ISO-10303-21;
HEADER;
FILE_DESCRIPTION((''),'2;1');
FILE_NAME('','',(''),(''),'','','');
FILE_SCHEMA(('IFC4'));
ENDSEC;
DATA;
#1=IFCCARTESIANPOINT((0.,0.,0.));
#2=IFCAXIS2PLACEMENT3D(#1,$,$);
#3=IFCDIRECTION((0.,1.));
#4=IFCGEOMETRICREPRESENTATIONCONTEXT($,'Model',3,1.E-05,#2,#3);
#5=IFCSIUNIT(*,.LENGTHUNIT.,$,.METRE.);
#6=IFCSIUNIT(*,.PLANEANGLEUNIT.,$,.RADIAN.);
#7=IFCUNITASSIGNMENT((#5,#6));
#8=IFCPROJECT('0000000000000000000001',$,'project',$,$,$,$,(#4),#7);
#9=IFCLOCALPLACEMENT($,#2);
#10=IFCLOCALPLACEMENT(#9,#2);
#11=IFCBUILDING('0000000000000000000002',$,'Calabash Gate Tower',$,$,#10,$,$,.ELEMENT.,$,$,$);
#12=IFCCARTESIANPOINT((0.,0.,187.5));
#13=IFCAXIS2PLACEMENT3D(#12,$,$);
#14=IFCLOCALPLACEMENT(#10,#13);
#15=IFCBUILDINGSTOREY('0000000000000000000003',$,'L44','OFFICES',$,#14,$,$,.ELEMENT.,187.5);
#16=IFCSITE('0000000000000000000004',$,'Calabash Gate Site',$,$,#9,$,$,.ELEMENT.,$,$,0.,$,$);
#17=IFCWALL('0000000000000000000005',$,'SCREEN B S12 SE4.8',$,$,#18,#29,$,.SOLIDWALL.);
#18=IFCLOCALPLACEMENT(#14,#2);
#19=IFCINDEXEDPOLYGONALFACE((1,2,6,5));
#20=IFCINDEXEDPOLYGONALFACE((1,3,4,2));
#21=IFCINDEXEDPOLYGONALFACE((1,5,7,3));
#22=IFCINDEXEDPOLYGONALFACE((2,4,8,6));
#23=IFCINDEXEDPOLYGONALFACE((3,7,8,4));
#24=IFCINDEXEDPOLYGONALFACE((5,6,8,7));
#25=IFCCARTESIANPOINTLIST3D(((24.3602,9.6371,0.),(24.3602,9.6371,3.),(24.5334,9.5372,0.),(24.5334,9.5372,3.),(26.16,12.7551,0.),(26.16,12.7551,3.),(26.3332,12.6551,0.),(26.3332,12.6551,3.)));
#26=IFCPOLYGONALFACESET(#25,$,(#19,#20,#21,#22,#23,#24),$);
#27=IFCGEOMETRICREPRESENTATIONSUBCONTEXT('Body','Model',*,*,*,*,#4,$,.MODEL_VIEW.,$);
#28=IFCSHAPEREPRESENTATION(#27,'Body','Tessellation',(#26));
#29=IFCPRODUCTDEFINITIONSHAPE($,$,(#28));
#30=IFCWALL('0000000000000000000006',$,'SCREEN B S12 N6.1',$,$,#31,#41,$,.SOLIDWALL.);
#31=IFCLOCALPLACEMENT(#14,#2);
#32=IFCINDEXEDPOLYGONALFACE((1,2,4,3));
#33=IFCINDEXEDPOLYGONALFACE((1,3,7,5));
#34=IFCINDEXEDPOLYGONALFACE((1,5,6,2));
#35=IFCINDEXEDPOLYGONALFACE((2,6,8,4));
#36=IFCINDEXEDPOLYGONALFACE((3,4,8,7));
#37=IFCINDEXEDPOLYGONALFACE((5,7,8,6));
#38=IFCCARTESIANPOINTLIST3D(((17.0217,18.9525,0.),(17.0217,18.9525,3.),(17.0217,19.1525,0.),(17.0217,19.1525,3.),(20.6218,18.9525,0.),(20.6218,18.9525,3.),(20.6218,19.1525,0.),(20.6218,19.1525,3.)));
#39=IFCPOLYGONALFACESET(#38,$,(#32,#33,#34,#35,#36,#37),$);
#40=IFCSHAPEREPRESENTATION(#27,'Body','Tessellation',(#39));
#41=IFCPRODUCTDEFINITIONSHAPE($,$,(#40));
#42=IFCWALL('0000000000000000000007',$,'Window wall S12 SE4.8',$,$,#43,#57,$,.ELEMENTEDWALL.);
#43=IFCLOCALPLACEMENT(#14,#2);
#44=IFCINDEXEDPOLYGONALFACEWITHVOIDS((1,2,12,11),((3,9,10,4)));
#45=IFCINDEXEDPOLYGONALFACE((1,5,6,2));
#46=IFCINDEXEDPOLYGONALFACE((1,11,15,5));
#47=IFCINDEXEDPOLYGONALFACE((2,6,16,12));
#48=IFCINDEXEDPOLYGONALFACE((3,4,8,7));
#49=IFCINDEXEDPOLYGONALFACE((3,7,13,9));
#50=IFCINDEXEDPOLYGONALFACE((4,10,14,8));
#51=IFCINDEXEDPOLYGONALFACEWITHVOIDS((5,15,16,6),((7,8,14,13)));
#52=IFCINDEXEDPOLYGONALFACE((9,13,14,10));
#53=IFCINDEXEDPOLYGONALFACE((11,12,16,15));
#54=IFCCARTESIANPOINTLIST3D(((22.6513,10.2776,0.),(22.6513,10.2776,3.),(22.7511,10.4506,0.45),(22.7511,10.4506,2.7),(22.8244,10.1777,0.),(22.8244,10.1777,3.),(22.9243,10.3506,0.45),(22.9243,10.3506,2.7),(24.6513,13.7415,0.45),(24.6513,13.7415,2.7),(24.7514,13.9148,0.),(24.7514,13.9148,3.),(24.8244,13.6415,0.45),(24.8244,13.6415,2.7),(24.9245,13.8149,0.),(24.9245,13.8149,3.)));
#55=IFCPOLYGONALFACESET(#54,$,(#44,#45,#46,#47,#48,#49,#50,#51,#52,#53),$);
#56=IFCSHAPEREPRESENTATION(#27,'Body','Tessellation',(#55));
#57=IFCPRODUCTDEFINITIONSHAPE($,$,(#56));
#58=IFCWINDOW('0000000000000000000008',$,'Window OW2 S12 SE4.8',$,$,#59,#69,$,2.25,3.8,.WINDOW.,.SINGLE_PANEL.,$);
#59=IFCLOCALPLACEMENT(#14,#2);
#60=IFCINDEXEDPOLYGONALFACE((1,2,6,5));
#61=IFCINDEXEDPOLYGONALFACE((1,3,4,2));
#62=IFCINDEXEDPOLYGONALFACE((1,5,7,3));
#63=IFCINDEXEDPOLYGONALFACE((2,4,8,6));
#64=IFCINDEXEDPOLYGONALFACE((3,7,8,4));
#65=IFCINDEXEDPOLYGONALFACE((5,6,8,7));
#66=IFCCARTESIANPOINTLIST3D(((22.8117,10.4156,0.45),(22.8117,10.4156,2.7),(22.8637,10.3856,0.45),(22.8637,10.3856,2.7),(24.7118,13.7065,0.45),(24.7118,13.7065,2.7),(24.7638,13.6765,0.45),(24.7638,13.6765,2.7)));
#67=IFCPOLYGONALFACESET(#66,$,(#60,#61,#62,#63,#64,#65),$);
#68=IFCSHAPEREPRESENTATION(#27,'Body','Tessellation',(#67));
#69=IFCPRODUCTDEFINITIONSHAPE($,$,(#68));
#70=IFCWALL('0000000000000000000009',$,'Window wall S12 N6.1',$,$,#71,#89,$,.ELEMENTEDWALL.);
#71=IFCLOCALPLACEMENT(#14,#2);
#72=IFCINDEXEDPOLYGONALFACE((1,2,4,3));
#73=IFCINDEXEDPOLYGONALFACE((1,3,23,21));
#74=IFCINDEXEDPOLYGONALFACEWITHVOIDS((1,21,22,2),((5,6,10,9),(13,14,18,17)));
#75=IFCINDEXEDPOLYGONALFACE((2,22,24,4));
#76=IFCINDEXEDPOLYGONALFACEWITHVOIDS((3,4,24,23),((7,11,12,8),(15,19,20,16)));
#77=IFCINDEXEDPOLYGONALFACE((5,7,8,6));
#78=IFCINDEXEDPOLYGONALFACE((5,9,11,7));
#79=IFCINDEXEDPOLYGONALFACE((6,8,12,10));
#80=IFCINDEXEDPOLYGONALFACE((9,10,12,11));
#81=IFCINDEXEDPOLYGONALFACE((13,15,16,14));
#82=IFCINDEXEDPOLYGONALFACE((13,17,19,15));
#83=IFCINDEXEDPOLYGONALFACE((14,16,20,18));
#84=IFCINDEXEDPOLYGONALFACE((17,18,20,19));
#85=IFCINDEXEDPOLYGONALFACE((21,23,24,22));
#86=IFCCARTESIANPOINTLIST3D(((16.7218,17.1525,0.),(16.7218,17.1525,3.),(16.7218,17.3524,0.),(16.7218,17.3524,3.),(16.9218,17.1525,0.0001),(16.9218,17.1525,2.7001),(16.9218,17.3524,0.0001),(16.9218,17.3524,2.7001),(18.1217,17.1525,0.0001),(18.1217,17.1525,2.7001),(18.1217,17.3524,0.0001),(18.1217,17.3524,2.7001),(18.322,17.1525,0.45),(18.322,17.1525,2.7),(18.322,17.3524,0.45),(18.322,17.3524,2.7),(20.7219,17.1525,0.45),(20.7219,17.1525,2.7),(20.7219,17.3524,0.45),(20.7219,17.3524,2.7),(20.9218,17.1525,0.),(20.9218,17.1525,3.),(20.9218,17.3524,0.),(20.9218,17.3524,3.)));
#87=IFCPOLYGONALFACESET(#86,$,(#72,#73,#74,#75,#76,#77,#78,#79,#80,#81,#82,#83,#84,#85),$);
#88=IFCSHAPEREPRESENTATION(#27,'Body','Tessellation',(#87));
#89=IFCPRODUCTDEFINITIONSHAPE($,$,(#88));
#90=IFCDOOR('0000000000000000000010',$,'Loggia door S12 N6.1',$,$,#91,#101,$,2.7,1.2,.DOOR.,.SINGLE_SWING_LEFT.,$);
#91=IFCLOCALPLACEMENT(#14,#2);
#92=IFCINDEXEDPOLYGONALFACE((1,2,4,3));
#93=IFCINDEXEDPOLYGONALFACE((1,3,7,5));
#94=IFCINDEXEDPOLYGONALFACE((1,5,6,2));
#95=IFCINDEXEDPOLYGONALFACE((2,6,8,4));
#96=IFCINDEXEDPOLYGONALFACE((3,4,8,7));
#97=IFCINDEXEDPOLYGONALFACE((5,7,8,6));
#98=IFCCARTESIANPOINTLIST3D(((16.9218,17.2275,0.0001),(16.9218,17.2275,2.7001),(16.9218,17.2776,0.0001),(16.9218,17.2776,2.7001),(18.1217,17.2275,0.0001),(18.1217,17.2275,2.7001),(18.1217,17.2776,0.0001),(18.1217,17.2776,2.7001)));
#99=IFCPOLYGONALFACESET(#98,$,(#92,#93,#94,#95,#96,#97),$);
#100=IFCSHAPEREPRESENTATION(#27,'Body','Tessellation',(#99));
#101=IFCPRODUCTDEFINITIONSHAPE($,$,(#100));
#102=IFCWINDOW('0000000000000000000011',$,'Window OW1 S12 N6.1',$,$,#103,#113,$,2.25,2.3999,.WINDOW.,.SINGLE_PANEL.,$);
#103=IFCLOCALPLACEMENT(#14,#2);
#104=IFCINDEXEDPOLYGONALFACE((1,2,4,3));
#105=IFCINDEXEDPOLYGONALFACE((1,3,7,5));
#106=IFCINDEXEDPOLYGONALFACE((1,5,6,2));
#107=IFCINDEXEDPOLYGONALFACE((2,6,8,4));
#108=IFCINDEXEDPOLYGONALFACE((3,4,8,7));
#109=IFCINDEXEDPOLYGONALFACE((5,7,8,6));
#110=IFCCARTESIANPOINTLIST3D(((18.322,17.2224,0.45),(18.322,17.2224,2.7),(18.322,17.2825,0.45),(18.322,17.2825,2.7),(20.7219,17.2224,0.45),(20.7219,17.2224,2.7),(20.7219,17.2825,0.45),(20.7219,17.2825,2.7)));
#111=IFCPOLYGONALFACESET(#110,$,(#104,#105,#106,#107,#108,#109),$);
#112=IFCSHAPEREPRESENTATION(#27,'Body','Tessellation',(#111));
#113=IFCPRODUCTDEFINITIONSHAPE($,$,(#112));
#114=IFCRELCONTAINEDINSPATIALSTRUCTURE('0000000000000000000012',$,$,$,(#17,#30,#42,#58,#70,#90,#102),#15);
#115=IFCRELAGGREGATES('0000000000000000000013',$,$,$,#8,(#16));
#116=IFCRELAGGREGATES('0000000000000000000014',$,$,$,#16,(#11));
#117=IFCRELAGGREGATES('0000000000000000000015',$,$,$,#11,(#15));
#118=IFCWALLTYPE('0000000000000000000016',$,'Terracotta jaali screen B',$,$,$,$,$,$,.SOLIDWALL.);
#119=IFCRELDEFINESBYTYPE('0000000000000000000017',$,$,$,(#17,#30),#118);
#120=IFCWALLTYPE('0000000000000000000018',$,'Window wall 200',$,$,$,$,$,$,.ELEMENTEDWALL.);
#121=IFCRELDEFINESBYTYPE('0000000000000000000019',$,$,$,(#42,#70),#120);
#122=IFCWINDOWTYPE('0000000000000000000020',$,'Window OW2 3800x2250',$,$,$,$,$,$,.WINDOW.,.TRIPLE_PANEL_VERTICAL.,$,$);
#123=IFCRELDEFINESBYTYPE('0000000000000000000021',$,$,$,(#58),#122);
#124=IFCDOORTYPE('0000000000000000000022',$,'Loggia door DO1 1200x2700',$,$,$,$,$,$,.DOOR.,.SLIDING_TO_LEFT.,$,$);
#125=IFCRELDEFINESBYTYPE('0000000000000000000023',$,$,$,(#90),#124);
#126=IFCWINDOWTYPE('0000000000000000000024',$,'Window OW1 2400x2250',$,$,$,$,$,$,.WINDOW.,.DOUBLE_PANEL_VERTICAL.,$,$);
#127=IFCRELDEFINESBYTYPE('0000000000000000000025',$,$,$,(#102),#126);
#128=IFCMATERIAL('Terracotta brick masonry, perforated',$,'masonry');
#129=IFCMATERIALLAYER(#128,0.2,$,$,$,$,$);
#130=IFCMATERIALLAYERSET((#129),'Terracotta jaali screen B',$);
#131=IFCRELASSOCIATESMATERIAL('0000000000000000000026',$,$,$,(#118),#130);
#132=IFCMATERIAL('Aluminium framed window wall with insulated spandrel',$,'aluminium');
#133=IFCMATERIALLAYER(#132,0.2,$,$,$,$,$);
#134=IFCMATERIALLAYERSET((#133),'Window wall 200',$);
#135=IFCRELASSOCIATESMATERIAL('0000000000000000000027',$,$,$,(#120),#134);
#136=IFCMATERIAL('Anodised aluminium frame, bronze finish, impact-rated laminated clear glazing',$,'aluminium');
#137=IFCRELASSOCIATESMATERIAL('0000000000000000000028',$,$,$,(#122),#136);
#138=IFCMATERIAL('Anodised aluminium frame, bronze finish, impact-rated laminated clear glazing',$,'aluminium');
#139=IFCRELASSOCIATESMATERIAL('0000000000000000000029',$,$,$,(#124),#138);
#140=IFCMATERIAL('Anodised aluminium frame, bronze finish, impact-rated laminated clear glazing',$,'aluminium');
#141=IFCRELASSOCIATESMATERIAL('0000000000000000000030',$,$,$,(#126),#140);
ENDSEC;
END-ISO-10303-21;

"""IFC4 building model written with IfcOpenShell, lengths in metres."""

from ifc_helpers import new_model, si_unit, direction, frame, frame_2d, origin, place, context, subcontext, project, spatial, rectangle, extrude, material, layer, layer_set, type_object, element, fill, save


model = new_model("IFC4")

# Units and contexts
model_context = context("Model", 3, precision=1e-05, world=origin(), true_north=direction((0.0, 1.0)))
body_context = subcontext(model_context, "Body", "Model", "MODEL_VIEW")
ifc_project = project(units=[si_unit("LENGTHUNIT", "METRE"), si_unit("PLANEANGLEUNIT", "RADIAN")], contexts=[model_context])

# Site, building, storey
site_placement = place(None, origin())
site = spatial("IfcSite", under=ifc_project, at=site_placement, Name="Calabash Gate Site", CompositionType="ELEMENT", RefElevation=0.0)
building_placement = place(site_placement, origin())
building = spatial("IfcBuilding", under=site, at=building_placement, Name="Calabash Gate Tower", CompositionType="ELEMENT")
storey_placement = place(building_placement, frame((0.0, 0.0, 187.5)))
storey = spatial("IfcBuildingStorey", under=building, at=storey_placement, Name="L44", Description="OFFICES", CompositionType="ELEMENT", Elevation=187.5)

# Walls
ifc_material_1 = material(Name="Terracotta brick masonry, perforated", Category="masonry")
ifc_layer_1 = layer(ifc_material_1, 0.2)
ifc_layer_set_1 = layer_set([ifc_layer_1], Name="Terracotta jaali screen B")
wall_type_1 = type_object("IfcWallType", Name="Terracotta jaali screen B", PredefinedType="SOLIDWALL", material=ifc_layer_set_1)
for number, where, z_axis, x_axis, name in (
    (1, (24.4468, 9.5872, 0.0), (0.0, 0.0, 1.0), (0.499932, 0.866065, 0.0), "SCREEN B S12 SE4.8"),
    (2, (20.6218, 19.0525, 0.0), (0.0, 0.0, 1.0), (-1.0, 0.0, 0.0), "SCREEN B S12 N6.1"),
):
    element("IfcWall", number, at=place(storey_placement, frame(where, z_axis=z_axis, x_axis=x_axis)), inside=storey, type_object=wall_type_1, Name=name, PredefinedType="SOLIDWALL", context=body_context, shape_type="SweptSolid", body=[
        extrude(rectangle(XDim=3.6001, YDim=0.2, at=frame_2d((1.8, 0.0))), origin(), (0.0, 0.0, 1.0), 3.0),
    ])

# Wall, opening, window
ifc_material_2 = material(Name="Aluminium framed window wall with insulated spandrel", Category="aluminium")
ifc_layer_2 = layer(ifc_material_2, 0.2)
ifc_layer_set_2 = layer_set([ifc_layer_2], Name="Window wall 200")
wall_type_2 = type_object("IfcWallType", Name="Window wall 200", PredefinedType="ELEMENTEDWALL", material=ifc_layer_set_2)
wall_1_placement = place(storey_placement, frame((22.7378, 10.2275, 0.0), z_axis=(0.0, 0.0, 1.0), x_axis=(0.500028, 0.866009, 0.0)))
wall_1 = element("IfcWall", 3, at=wall_1_placement, inside=storey, type_object=wall_type_2, Name="Window wall S12 SE4.8", PredefinedType="ELEMENTEDWALL", context=body_context, shape_type="SweptSolid", body=[
    extrude(rectangle(XDim=4.2, YDim=0.2, at=frame_2d((2.1001, 0.0))), origin(), (0.0, 0.0, 1.0), 3.0),
])
opening_1_placement = place(wall_1_placement, frame((0.2, 0.0, 0.45)))
opening_1 = element("IfcOpeningElement", 4, at=opening_1_placement, cuts=wall_1, PredefinedType="OPENING", context=body_context, shape_type="SweptSolid", body=[
    extrude(rectangle(XDim=3.8, YDim=2.25, at=frame_2d((1.8999, 1.125))), frame((0.0, 0.1099, 0.0), z_axis=(0.0, -1.0, 0.0), x_axis=(1.0, 0.0, 0.0)), (0.0, 0.0, 1.0), 0.22),
])
ifc_material_3 = material(Name="Anodised aluminium frame, bronze finish, impact-rated laminated clear glazing", Category="aluminium")
window_type_1 = type_object("IfcWindowType", Name="Window OW2 3800x2250", PartitioningType="TRIPLE_PANEL_VERTICAL", PredefinedType="WINDOW", material=ifc_material_3)
window_1_placement = place(opening_1_placement, origin())
window_1 = element("IfcWindow", 5, at=window_1_placement, inside=storey, type_object=window_type_1, Name="Window OW2 S12 SE4.8", OverallHeight=2.25, OverallWidth=3.8, PartitioningType="SINGLE_PANEL", PredefinedType="WINDOW", context=body_context, shape_type="SweptSolid", body=[
    extrude(rectangle(XDim=3.8, YDim=2.25, at=frame_2d((1.8999, 1.125))), frame((0.0, 0.03, 0.0), z_axis=(0.0, -1.0, 0.0), x_axis=(1.0, 0.0, 0.0)), (0.0, 0.0, 1.0), 0.0601),
])
fill(opening_1, window_1)

# Wall, openings, door, window
wall_2_placement = place(storey_placement, frame((20.9219, 17.2524, 0.0), z_axis=(0.0, 0.0, 1.0), x_axis=(-1.0, 0.0, 0.0)))
wall_2 = element("IfcWall", 6, at=wall_2_placement, inside=storey, type_object=wall_type_2, Name="Window wall S12 N6.1", PredefinedType="ELEMENTEDWALL", context=body_context, shape_type="SweptSolid", body=[
    extrude(rectangle(XDim=4.2, YDim=0.2, at=frame_2d((2.1001, 0.0))), origin(), (0.0, 0.0, 1.0), 3.0),
])
opening_2_placement = place(wall_2_placement, frame((0.2, 0.0, 0.45)))
opening_2 = element("IfcOpeningElement", 7, at=opening_2_placement, cuts=wall_2, PredefinedType="OPENING", context=body_context, shape_type="SweptSolid", body=[
    extrude(rectangle(XDim=2.3999, YDim=2.25, at=frame_2d((1.2, 1.125))), frame((0.0, 0.1099, 0.0), z_axis=(0.0, -1.0, 0.0), x_axis=(1.0, 0.0, 0.0)), (0.0, 0.0, 1.0), 0.22),
])
opening_3_placement = place(wall_2_placement, frame((2.8, 0.0, 0.0)))
opening_3 = element("IfcOpeningElement", 8, at=opening_3_placement, cuts=wall_2, PredefinedType="OPENING", context=body_context, shape_type="SweptSolid", body=[
    extrude(rectangle(XDim=1.2, YDim=2.7, at=frame_2d((0.6001, 1.3501))), frame((0.0, 0.1099, 0.0), z_axis=(0.0, -1.0, 0.0), x_axis=(1.0, 0.0, 0.0)), (0.0, 0.0, 1.0), 0.22),
])
ifc_material_4 = material(Name="Anodised aluminium frame, bronze finish, impact-rated laminated clear glazing", Category="aluminium")
door_type_1 = type_object("IfcDoorType", Name="Loggia door DO1 1200x2700", OperationType="SLIDING_TO_LEFT", PredefinedType="DOOR", material=ifc_material_4)
door_1_placement = place(opening_3_placement, origin())
door_1 = element("IfcDoor", 9, at=door_1_placement, inside=storey, type_object=door_type_1, Name="Loggia door S12 N6.1", OperationType="SINGLE_SWING_LEFT", OverallHeight=2.7, OverallWidth=1.2, PredefinedType="DOOR", context=body_context, shape_type="SweptSolid", body=[
    extrude(rectangle(XDim=1.2, YDim=2.7, at=frame_2d((0.6001, 1.3501))), frame((0.0, 0.0249, 0.0), z_axis=(0.0, -1.0, 0.0), x_axis=(1.0, 0.0, 0.0)), (0.0, 0.0, 1.0), 0.05),
])
fill(opening_3, door_1)
ifc_material_5 = material(Name="Anodised aluminium frame, bronze finish, impact-rated laminated clear glazing", Category="aluminium")
window_type_2 = type_object("IfcWindowType", Name="Window OW1 2400x2250", PartitioningType="DOUBLE_PANEL_VERTICAL", PredefinedType="WINDOW", material=ifc_material_5)
window_2_placement = place(opening_2_placement, origin())
window_2 = element("IfcWindow", 10, at=window_2_placement, inside=storey, type_object=window_type_2, Name="Window OW1 S12 N6.1", OverallHeight=2.25, OverallWidth=2.3999, PartitioningType="SINGLE_PANEL", PredefinedType="WINDOW", context=body_context, shape_type="SweptSolid", body=[
    extrude(rectangle(XDim=2.3999, YDim=2.25, at=frame_2d((1.2, 1.125))), frame((0.0, 0.03, 0.0), z_axis=(0.0, -1.0, 0.0), x_axis=(1.0, 0.0, 0.0)), (0.0, 0.0, 1.0), 0.0601),
])
fill(opening_2, window_2)

save(model, "model.ifc")
